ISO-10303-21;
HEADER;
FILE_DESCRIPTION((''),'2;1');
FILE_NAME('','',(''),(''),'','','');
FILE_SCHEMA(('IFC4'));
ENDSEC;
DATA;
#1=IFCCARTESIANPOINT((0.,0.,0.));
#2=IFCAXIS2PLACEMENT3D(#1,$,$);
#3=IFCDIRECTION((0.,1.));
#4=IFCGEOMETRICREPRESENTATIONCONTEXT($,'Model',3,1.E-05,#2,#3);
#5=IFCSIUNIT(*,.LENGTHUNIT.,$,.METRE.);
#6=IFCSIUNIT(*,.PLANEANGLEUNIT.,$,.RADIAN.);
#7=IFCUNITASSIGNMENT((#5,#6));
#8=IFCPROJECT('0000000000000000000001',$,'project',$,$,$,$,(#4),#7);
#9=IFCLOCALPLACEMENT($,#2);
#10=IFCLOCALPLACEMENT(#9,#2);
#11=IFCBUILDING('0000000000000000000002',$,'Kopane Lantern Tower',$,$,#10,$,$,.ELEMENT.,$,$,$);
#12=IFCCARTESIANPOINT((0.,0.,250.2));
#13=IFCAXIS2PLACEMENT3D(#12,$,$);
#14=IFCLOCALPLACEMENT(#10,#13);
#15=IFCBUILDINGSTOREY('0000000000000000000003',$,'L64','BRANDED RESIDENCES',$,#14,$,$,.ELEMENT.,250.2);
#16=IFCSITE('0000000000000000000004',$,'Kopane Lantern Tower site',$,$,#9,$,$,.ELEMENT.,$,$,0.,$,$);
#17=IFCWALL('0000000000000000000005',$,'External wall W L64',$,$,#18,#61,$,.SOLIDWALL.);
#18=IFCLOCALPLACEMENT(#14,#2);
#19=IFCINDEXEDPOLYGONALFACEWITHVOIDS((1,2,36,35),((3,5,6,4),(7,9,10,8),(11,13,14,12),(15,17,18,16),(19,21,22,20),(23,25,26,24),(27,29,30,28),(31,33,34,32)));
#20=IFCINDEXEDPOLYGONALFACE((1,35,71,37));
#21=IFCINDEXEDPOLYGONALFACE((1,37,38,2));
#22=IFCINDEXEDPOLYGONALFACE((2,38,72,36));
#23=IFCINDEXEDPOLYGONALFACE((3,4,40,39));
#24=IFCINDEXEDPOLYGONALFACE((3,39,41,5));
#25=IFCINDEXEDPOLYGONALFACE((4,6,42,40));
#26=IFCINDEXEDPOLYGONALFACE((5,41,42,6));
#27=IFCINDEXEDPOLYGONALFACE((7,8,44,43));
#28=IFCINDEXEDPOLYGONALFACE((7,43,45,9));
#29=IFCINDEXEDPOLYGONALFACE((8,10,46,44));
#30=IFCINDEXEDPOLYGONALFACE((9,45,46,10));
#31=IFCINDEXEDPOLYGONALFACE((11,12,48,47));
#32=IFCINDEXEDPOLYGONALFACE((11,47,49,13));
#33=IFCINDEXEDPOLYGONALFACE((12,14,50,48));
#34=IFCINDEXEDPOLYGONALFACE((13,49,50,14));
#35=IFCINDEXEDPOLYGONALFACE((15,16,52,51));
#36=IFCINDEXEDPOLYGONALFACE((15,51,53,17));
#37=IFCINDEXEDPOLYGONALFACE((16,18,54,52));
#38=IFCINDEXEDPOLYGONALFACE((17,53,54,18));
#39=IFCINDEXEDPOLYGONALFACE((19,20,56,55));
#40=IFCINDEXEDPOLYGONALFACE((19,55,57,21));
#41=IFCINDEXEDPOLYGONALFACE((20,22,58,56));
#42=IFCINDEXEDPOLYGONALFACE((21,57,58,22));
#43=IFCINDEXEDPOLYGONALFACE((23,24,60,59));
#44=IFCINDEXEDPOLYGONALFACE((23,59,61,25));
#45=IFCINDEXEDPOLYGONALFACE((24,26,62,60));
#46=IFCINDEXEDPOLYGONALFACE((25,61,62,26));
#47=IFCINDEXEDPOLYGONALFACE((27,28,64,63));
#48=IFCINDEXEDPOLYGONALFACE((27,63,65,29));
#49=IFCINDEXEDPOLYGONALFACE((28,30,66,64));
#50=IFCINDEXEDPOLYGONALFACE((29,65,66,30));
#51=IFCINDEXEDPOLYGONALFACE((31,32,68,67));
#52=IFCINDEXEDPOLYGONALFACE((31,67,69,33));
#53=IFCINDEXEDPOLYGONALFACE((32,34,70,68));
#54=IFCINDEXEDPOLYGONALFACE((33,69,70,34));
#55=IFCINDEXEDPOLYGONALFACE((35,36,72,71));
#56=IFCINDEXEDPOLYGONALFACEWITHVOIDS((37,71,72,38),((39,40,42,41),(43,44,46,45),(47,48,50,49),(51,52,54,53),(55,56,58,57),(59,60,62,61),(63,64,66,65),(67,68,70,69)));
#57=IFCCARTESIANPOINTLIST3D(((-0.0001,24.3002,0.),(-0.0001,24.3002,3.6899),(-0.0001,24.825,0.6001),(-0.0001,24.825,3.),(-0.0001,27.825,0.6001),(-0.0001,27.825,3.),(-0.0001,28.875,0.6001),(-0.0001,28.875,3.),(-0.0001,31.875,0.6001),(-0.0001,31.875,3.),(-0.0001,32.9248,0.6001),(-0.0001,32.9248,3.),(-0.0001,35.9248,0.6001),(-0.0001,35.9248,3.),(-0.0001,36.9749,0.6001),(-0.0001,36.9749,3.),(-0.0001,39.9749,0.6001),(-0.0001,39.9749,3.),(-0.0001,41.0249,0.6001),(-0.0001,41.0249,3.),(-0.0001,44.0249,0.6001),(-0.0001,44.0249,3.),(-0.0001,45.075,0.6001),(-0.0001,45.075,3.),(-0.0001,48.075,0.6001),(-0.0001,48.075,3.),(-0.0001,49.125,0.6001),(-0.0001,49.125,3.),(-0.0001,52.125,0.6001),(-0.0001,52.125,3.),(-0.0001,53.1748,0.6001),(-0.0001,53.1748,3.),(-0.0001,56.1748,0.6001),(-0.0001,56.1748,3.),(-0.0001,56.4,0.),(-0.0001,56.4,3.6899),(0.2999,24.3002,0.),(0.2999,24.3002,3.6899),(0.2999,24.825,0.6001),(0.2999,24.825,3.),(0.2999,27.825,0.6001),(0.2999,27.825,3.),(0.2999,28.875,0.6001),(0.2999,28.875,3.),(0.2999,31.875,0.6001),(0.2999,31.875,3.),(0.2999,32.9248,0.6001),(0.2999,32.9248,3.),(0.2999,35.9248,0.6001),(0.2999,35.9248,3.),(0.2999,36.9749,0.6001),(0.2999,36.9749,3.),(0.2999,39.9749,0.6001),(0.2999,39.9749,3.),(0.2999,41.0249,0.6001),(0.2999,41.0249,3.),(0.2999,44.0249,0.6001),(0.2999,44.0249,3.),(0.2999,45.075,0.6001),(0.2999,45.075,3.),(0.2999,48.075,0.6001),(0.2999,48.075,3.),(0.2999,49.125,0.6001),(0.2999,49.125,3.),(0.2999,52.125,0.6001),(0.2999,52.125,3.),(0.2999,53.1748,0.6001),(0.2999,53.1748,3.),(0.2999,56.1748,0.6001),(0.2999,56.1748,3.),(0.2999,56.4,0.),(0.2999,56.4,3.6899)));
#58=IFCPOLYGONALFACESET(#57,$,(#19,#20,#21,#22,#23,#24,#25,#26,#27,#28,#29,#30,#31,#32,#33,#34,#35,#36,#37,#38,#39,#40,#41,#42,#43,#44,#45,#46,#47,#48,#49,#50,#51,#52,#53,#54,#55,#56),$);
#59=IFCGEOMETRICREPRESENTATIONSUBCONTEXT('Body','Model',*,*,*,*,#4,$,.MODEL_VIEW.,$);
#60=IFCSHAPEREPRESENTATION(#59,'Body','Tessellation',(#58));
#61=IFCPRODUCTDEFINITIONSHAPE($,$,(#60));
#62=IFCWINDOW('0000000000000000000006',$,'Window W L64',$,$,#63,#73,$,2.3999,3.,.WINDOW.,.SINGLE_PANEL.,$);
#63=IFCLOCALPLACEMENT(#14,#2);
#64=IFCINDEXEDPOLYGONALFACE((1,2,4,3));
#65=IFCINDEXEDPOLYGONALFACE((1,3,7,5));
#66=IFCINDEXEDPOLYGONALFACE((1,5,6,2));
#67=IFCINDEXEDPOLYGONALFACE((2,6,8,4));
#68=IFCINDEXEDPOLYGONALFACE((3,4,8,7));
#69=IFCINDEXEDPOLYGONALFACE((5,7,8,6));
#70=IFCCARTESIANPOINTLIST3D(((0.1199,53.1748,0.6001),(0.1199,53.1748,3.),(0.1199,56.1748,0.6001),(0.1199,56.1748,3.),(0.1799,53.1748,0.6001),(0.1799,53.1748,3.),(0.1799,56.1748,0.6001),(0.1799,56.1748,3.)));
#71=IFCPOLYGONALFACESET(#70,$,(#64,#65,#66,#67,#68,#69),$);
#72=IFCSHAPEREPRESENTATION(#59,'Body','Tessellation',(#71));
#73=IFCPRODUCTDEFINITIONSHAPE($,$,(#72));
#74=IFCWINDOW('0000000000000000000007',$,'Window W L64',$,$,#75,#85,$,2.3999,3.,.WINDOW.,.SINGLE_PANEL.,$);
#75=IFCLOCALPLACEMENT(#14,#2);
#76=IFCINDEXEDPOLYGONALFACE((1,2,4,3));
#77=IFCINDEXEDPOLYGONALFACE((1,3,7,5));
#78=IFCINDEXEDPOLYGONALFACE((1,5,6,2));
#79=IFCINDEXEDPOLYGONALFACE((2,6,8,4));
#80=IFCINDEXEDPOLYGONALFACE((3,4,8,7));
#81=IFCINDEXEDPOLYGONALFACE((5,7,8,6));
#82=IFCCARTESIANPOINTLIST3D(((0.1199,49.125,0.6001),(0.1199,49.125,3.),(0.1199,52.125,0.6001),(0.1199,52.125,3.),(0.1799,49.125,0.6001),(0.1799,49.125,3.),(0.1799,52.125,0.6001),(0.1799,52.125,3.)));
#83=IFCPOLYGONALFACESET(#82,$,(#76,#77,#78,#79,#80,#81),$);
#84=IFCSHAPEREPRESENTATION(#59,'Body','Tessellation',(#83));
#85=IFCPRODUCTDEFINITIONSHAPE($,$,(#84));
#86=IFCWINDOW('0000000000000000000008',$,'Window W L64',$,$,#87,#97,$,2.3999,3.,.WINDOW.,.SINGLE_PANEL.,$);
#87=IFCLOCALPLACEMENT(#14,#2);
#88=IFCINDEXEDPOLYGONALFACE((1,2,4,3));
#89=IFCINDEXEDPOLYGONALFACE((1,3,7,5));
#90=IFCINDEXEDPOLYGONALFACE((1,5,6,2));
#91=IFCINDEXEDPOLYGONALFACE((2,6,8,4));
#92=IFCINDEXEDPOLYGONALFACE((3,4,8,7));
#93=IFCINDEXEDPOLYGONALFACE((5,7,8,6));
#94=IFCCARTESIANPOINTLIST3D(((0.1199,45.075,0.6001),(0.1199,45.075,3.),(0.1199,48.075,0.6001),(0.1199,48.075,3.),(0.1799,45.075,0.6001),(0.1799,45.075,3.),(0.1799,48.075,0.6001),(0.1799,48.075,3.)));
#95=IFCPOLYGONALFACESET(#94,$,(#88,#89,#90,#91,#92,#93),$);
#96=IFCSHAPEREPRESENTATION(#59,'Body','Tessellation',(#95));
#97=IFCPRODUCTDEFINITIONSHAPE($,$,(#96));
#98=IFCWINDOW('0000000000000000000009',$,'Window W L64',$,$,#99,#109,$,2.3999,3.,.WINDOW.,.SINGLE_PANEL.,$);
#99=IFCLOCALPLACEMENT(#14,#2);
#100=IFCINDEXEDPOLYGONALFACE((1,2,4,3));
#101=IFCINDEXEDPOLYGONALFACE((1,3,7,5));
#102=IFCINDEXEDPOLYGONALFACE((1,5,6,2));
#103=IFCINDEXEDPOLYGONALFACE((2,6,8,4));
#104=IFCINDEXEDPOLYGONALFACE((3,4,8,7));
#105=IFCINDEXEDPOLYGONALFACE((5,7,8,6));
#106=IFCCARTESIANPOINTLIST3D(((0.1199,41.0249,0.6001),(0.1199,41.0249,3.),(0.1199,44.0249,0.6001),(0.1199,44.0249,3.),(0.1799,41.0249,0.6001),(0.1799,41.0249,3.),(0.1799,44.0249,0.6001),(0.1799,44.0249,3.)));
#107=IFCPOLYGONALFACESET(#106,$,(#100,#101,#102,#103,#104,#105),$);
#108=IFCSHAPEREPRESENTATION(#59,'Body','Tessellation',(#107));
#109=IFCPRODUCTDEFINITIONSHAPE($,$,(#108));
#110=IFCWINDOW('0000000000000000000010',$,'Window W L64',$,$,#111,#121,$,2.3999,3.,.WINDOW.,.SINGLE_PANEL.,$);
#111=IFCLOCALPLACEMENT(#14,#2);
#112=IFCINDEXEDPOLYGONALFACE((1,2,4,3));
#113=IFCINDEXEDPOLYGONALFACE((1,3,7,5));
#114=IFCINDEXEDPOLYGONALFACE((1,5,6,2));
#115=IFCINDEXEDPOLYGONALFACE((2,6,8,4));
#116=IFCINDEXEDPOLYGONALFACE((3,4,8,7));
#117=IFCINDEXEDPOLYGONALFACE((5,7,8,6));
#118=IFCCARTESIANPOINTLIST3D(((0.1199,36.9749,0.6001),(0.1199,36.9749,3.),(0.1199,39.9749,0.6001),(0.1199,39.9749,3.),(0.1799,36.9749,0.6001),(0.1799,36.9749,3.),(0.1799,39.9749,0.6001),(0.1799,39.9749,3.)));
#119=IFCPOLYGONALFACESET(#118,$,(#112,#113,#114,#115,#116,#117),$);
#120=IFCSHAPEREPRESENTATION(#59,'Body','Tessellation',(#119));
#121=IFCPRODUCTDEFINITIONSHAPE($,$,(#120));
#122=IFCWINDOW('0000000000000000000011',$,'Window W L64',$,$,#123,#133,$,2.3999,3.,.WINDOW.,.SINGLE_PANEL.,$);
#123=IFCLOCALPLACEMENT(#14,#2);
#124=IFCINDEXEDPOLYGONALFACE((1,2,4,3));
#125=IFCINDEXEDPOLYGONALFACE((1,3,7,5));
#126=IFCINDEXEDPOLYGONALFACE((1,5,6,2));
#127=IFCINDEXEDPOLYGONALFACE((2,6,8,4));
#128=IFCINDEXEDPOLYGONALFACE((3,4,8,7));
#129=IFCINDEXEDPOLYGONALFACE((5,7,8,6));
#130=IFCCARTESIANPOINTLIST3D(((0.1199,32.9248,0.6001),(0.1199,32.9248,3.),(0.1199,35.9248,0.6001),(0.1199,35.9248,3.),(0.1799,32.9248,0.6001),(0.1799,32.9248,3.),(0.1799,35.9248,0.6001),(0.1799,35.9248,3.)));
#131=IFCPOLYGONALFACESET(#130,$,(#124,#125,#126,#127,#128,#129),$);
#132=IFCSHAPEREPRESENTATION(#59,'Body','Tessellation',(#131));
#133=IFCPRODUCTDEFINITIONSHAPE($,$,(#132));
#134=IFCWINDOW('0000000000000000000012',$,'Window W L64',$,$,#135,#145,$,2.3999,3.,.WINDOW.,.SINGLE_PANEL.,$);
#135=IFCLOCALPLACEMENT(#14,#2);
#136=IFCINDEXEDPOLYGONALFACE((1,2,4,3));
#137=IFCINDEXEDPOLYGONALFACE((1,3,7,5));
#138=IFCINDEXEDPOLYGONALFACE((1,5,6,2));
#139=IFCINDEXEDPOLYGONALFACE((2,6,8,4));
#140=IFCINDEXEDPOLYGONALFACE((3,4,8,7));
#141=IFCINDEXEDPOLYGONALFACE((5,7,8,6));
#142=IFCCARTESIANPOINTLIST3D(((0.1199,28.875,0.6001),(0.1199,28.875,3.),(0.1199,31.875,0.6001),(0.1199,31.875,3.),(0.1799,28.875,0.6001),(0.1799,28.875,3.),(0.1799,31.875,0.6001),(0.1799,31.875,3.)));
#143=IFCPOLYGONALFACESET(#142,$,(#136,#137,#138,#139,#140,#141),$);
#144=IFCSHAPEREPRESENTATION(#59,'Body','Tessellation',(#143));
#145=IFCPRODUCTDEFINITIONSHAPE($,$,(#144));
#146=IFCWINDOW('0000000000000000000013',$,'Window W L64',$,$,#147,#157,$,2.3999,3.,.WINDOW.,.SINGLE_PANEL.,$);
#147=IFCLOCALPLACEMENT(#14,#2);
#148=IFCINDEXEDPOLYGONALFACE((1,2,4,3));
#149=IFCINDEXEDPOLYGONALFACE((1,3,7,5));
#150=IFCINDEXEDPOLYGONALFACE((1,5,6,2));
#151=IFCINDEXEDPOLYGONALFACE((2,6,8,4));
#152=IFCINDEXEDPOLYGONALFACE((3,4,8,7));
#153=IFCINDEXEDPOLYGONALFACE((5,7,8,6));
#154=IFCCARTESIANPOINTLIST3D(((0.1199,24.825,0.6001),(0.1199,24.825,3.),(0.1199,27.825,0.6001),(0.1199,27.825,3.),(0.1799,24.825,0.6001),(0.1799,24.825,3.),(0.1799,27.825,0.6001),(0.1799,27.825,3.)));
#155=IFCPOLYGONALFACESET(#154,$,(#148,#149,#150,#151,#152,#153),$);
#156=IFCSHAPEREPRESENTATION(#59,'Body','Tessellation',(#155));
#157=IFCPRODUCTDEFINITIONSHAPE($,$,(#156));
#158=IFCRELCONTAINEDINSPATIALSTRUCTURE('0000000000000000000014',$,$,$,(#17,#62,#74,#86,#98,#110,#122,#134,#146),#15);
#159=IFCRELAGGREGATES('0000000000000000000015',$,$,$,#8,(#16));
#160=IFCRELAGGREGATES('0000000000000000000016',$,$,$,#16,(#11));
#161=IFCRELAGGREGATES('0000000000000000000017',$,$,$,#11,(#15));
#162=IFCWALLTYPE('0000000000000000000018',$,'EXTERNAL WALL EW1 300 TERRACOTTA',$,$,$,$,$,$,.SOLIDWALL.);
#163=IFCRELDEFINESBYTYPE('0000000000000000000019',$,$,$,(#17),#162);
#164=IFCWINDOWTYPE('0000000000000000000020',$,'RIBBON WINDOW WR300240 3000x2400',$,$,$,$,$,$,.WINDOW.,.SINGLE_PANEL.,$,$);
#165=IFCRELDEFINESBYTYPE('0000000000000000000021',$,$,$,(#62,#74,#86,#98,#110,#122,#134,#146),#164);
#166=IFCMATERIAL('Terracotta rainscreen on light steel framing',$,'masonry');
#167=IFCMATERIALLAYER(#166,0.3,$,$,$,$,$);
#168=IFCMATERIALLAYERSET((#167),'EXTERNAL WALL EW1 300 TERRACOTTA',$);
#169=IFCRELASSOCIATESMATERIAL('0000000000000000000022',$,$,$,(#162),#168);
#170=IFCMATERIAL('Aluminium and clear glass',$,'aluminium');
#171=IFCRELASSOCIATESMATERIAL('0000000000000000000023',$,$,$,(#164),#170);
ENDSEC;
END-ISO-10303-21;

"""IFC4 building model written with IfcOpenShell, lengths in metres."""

from ifc_helpers import new_model, si_unit, direction, frame, frame_2d, origin, place, context, subcontext, project, spatial, rectangle, extrude, material, layer, layer_set, type_object, element, fill, save


model = new_model("IFC4")

# Units and contexts
model_context = context("Model", 3, precision=1e-05, world=origin(), true_north=direction((0.0, 1.0)))
body_context = subcontext(model_context, "Body", "Model", "MODEL_VIEW")
ifc_project = project(units=[si_unit("LENGTHUNIT", "METRE"), si_unit("PLANEANGLEUNIT", "RADIAN")], contexts=[model_context])

# Site, building, storey
site_placement = place(None, origin())
site = spatial("IfcSite", under=ifc_project, at=site_placement, Name="Kopane Lantern Tower site", CompositionType="ELEMENT", RefElevation=0.0)
building_placement = place(site_placement, origin())
building = spatial("IfcBuilding", under=site, at=building_placement, Name="Kopane Lantern Tower", CompositionType="ELEMENT")
storey_placement = place(building_placement, frame((0.0, 0.0, 250.2)))
storey = spatial("IfcBuildingStorey", under=building, at=storey_placement, Name="L64", Description="BRANDED RESIDENCES", CompositionType="ELEMENT", Elevation=250.2)

# Shared definitions
ifc_material_1 = material(Name="Terracotta rainscreen on light steel framing", Category="masonry")
ifc_layer_1 = layer(ifc_material_1, 0.3)
ifc_layer_set_1 = layer_set([ifc_layer_1], Name="EXTERNAL WALL EW1 300 TERRACOTTA")
wall_type_1 = type_object("IfcWallType", Name="EXTERNAL WALL EW1 300 TERRACOTTA", PredefinedType="SOLIDWALL", material=ifc_layer_set_1)

# Wall, openings, windows
wall_1_placement = place(storey_placement, frame((0.1499, 56.3999, 0.0), z_axis=(0.0, 0.0, 1.0), x_axis=(0.0, -1.0, 0.0)))
wall_1 = element("IfcWall", 1, at=wall_1_placement, inside=storey, type_object=wall_type_1, Name="External wall W L64", PredefinedType="SOLIDWALL", context=body_context, shape_type="SweptSolid", body=[
    extrude(rectangle(XDim=32.0999, YDim=0.3, at=frame_2d((16.0498, 0.0))), origin(), (0.0, 0.0, 1.0), 3.6899),
])
opening_1_placement = place(wall_1_placement, frame((0.2251, 0.0, 0.6001)))
opening_1 = element("IfcOpeningElement", 2, at=opening_1_placement, cuts=wall_1, PredefinedType="OPENING", context=body_context, shape_type="SweptSolid", body=[
    extrude(rectangle(XDim=3.0, YDim=2.3999, at=frame_2d((1.5, 1.2))), frame((0.0, 0.1599, 0.0), z_axis=(0.0, -1.0, 0.0), x_axis=(1.0, 0.0, 0.0)), (0.0, 0.0, 1.0), 0.3201),
])
opening_2_placement = place(wall_1_placement, frame((4.2749, 0.0, 0.6001)))
opening_2 = element("IfcOpeningElement", 3, at=opening_2_placement, cuts=wall_1, PredefinedType="OPENING", context=body_context, shape_type="SweptSolid", body=[
    extrude(rectangle(XDim=3.0, YDim=2.3999, at=frame_2d((1.5, 1.2))), frame((0.0, 0.1599, 0.0), z_axis=(0.0, -1.0, 0.0), x_axis=(1.0, 0.0, 0.0)), (0.0, 0.0, 1.0), 0.3201),
])
opening_3_placement = place(wall_1_placement, frame((8.325, 0.0, 0.6001)))
opening_3 = element("IfcOpeningElement", 4, at=opening_3_placement, cuts=wall_1, PredefinedType="OPENING", context=body_context, shape_type="SweptSolid", body=[
    extrude(rectangle(XDim=3.0, YDim=2.3999, at=frame_2d((1.5, 1.2))), frame((0.0, 0.1599, 0.0), z_axis=(0.0, -1.0, 0.0), x_axis=(1.0, 0.0, 0.0)), (0.0, 0.0, 1.0), 0.3201),
])
opening_4_placement = place(wall_1_placement, frame((12.375, 0.0, 0.6001)))
opening_4 = element("IfcOpeningElement", 5, at=opening_4_placement, cuts=wall_1, PredefinedType="OPENING", context=body_context, shape_type="SweptSolid", body=[
    extrude(rectangle(XDim=3.0, YDim=2.3999, at=frame_2d((1.5, 1.2))), frame((0.0, 0.1599, 0.0), z_axis=(0.0, -1.0, 0.0), x_axis=(1.0, 0.0, 0.0)), (0.0, 0.0, 1.0), 0.3201),
])
opening_5_placement = place(wall_1_placement, frame((16.425, 0.0, 0.6001)))
opening_5 = element("IfcOpeningElement", 6, at=opening_5_placement, cuts=wall_1, PredefinedType="OPENING", context=body_context, shape_type="SweptSolid", body=[
    extrude(rectangle(XDim=3.0, YDim=2.3999, at=frame_2d((1.5, 1.2))), frame((0.0, 0.1599, 0.0), z_axis=(0.0, -1.0, 0.0), x_axis=(1.0, 0.0, 0.0)), (0.0, 0.0, 1.0), 0.3201),
])
opening_6_placement = place(wall_1_placement, frame((20.4751, 0.0, 0.6001)))
opening_6 = element("IfcOpeningElement", 7, at=opening_6_placement, cuts=wall_1, PredefinedType="OPENING", context=body_context, shape_type="SweptSolid", body=[
    extrude(rectangle(XDim=3.0, YDim=2.3999, at=frame_2d((1.5, 1.2))), frame((0.0, 0.1599, 0.0), z_axis=(0.0, -1.0, 0.0), x_axis=(1.0, 0.0, 0.0)), (0.0, 0.0, 1.0), 0.3201),
])
opening_7_placement = place(wall_1_placement, frame((24.5249, 0.0, 0.6001)))
opening_7 = element("IfcOpeningElement", 8, at=opening_7_placement, cuts=wall_1, PredefinedType="OPENING", context=body_context, shape_type="SweptSolid", body=[
    extrude(rectangle(XDim=3.0, YDim=2.3999, at=frame_2d((1.5, 1.2))), frame((0.0, 0.1599, 0.0), z_axis=(0.0, -1.0, 0.0), x_axis=(1.0, 0.0, 0.0)), (0.0, 0.0, 1.0), 0.3201),
])
opening_8_placement = place(wall_1_placement, frame((28.575, 0.0, 0.6001)))
opening_8 = element("IfcOpeningElement", 9, at=opening_8_placement, cuts=wall_1, PredefinedType="OPENING", context=body_context, shape_type="SweptSolid", body=[
    extrude(rectangle(XDim=3.0, YDim=2.3999, at=frame_2d((1.5, 1.2))), frame((0.0, 0.1599, 0.0), z_axis=(0.0, -1.0, 0.0), x_axis=(1.0, 0.0, 0.0)), (0.0, 0.0, 1.0), 0.3201),
])
ifc_material_2 = material(Name="Aluminium and clear glass", Category="aluminium")
window_type_1 = type_object("IfcWindowType", Name="RIBBON WINDOW WR300240 3000x2400", PartitioningType="SINGLE_PANEL", PredefinedType="WINDOW", material=ifc_material_2)
window_1_placement = place(opening_1_placement, origin())
window_1 = element("IfcWindow", 10, at=window_1_placement, inside=storey, type_object=window_type_1, Name="Window W L64", OverallHeight=2.3999, OverallWidth=3.0, PartitioningType="SINGLE_PANEL", PredefinedType="WINDOW", context=body_context, shape_type="SweptSolid", body=[
    extrude(rectangle(XDim=3.0, YDim=2.3999, at=frame_2d((1.5, 1.2))), frame((0.0, 0.03, 0.0), z_axis=(0.0, -1.0, 0.0), x_axis=(1.0, 0.0, 0.0)), (0.0, 0.0, 1.0), 0.0601),
])
fill(opening_1, window_1)
window_2_placement = place(opening_2_placement, origin())
window_2 = element("IfcWindow", 11, at=window_2_placement, inside=storey, type_object=window_type_1, Name="Window W L64", OverallHeight=2.3999, OverallWidth=3.0, PartitioningType="SINGLE_PANEL", PredefinedType="WINDOW", context=body_context, shape_type="SweptSolid", body=[
    extrude(rectangle(XDim=3.0, YDim=2.3999, at=frame_2d((1.5, 1.2))), frame((0.0, 0.03, 0.0), z_axis=(0.0, -1.0, 0.0), x_axis=(1.0, 0.0, 0.0)), (0.0, 0.0, 1.0), 0.0601),
])
fill(opening_2, window_2)
window_3_placement = place(opening_3_placement, origin())
window_3 = element("IfcWindow", 12, at=window_3_placement, inside=storey, type_object=window_type_1, Name="Window W L64", OverallHeight=2.3999, OverallWidth=3.0, PartitioningType="SINGLE_PANEL", PredefinedType="WINDOW", context=body_context, shape_type="SweptSolid", body=[
    extrude(rectangle(XDim=3.0, YDim=2.3999, at=frame_2d((1.5, 1.2))), frame((0.0, 0.03, 0.0), z_axis=(0.0, -1.0, 0.0), x_axis=(1.0, 0.0, 0.0)), (0.0, 0.0, 1.0), 0.0601),
])
fill(opening_3, window_3)
window_4_placement = place(opening_4_placement, origin())
window_4 = element("IfcWindow", 13, at=window_4_placement, inside=storey, type_object=window_type_1, Name="Window W L64", OverallHeight=2.3999, OverallWidth=3.0, PartitioningType="SINGLE_PANEL", PredefinedType="WINDOW", context=body_context, shape_type="SweptSolid", body=[
    extrude(rectangle(XDim=3.0, YDim=2.3999, at=frame_2d((1.5, 1.2))), frame((0.0, 0.03, 0.0), z_axis=(0.0, -1.0, 0.0), x_axis=(1.0, 0.0, 0.0)), (0.0, 0.0, 1.0), 0.0601),
])
fill(opening_4, window_4)
window_5_placement = place(opening_5_placement, origin())
window_5 = element("IfcWindow", 14, at=window_5_placement, inside=storey, type_object=window_type_1, Name="Window W L64", OverallHeight=2.3999, OverallWidth=3.0, PartitioningType="SINGLE_PANEL", PredefinedType="WINDOW", context=body_context, shape_type="SweptSolid", body=[
    extrude(rectangle(XDim=3.0, YDim=2.3999, at=frame_2d((1.5, 1.2))), frame((0.0, 0.03, 0.0), z_axis=(0.0, -1.0, 0.0), x_axis=(1.0, 0.0, 0.0)), (0.0, 0.0, 1.0), 0.0601),
])
fill(opening_5, window_5)
window_6_placement = place(opening_6_placement, origin())
window_6 = element("IfcWindow", 15, at=window_6_placement, inside=storey, type_object=window_type_1, Name="Window W L64", OverallHeight=2.3999, OverallWidth=3.0, PartitioningType="SINGLE_PANEL", PredefinedType="WINDOW", context=body_context, shape_type="SweptSolid", body=[
    extrude(rectangle(XDim=3.0, YDim=2.3999, at=frame_2d((1.5, 1.2))), frame((0.0, 0.03, 0.0), z_axis=(0.0, -1.0, 0.0), x_axis=(1.0, 0.0, 0.0)), (0.0, 0.0, 1.0), 0.0601),
])
fill(opening_6, window_6)
window_7_placement = place(opening_7_placement, origin())
window_7 = element("IfcWindow", 16, at=window_7_placement, inside=storey, type_object=window_type_1, Name="Window W L64", OverallHeight=2.3999, OverallWidth=3.0, PartitioningType="SINGLE_PANEL", PredefinedType="WINDOW", context=body_context, shape_type="SweptSolid", body=[
    extrude(rectangle(XDim=3.0, YDim=2.3999, at=frame_2d((1.5, 1.2))), frame((0.0, 0.03, 0.0), z_axis=(0.0, -1.0, 0.0), x_axis=(1.0, 0.0, 0.0)), (0.0, 0.0, 1.0), 0.0601),
])
fill(opening_7, window_7)
window_8_placement = place(opening_8_placement, origin())
window_8 = element("IfcWindow", 17, at=window_8_placement, inside=storey, type_object=window_type_1, Name="Window W L64", OverallHeight=2.3999, OverallWidth=3.0, PartitioningType="SINGLE_PANEL", PredefinedType="WINDOW", context=body_context, shape_type="SweptSolid", body=[
    extrude(rectangle(XDim=3.0, YDim=2.3999, at=frame_2d((1.5, 1.2))), frame((0.0, 0.03, 0.0), z_axis=(0.0, -1.0, 0.0), x_axis=(1.0, 0.0, 0.0)), (0.0, 0.0, 1.0), 0.0601),
])
fill(opening_8, window_8)

save(model, "model.ifc")
